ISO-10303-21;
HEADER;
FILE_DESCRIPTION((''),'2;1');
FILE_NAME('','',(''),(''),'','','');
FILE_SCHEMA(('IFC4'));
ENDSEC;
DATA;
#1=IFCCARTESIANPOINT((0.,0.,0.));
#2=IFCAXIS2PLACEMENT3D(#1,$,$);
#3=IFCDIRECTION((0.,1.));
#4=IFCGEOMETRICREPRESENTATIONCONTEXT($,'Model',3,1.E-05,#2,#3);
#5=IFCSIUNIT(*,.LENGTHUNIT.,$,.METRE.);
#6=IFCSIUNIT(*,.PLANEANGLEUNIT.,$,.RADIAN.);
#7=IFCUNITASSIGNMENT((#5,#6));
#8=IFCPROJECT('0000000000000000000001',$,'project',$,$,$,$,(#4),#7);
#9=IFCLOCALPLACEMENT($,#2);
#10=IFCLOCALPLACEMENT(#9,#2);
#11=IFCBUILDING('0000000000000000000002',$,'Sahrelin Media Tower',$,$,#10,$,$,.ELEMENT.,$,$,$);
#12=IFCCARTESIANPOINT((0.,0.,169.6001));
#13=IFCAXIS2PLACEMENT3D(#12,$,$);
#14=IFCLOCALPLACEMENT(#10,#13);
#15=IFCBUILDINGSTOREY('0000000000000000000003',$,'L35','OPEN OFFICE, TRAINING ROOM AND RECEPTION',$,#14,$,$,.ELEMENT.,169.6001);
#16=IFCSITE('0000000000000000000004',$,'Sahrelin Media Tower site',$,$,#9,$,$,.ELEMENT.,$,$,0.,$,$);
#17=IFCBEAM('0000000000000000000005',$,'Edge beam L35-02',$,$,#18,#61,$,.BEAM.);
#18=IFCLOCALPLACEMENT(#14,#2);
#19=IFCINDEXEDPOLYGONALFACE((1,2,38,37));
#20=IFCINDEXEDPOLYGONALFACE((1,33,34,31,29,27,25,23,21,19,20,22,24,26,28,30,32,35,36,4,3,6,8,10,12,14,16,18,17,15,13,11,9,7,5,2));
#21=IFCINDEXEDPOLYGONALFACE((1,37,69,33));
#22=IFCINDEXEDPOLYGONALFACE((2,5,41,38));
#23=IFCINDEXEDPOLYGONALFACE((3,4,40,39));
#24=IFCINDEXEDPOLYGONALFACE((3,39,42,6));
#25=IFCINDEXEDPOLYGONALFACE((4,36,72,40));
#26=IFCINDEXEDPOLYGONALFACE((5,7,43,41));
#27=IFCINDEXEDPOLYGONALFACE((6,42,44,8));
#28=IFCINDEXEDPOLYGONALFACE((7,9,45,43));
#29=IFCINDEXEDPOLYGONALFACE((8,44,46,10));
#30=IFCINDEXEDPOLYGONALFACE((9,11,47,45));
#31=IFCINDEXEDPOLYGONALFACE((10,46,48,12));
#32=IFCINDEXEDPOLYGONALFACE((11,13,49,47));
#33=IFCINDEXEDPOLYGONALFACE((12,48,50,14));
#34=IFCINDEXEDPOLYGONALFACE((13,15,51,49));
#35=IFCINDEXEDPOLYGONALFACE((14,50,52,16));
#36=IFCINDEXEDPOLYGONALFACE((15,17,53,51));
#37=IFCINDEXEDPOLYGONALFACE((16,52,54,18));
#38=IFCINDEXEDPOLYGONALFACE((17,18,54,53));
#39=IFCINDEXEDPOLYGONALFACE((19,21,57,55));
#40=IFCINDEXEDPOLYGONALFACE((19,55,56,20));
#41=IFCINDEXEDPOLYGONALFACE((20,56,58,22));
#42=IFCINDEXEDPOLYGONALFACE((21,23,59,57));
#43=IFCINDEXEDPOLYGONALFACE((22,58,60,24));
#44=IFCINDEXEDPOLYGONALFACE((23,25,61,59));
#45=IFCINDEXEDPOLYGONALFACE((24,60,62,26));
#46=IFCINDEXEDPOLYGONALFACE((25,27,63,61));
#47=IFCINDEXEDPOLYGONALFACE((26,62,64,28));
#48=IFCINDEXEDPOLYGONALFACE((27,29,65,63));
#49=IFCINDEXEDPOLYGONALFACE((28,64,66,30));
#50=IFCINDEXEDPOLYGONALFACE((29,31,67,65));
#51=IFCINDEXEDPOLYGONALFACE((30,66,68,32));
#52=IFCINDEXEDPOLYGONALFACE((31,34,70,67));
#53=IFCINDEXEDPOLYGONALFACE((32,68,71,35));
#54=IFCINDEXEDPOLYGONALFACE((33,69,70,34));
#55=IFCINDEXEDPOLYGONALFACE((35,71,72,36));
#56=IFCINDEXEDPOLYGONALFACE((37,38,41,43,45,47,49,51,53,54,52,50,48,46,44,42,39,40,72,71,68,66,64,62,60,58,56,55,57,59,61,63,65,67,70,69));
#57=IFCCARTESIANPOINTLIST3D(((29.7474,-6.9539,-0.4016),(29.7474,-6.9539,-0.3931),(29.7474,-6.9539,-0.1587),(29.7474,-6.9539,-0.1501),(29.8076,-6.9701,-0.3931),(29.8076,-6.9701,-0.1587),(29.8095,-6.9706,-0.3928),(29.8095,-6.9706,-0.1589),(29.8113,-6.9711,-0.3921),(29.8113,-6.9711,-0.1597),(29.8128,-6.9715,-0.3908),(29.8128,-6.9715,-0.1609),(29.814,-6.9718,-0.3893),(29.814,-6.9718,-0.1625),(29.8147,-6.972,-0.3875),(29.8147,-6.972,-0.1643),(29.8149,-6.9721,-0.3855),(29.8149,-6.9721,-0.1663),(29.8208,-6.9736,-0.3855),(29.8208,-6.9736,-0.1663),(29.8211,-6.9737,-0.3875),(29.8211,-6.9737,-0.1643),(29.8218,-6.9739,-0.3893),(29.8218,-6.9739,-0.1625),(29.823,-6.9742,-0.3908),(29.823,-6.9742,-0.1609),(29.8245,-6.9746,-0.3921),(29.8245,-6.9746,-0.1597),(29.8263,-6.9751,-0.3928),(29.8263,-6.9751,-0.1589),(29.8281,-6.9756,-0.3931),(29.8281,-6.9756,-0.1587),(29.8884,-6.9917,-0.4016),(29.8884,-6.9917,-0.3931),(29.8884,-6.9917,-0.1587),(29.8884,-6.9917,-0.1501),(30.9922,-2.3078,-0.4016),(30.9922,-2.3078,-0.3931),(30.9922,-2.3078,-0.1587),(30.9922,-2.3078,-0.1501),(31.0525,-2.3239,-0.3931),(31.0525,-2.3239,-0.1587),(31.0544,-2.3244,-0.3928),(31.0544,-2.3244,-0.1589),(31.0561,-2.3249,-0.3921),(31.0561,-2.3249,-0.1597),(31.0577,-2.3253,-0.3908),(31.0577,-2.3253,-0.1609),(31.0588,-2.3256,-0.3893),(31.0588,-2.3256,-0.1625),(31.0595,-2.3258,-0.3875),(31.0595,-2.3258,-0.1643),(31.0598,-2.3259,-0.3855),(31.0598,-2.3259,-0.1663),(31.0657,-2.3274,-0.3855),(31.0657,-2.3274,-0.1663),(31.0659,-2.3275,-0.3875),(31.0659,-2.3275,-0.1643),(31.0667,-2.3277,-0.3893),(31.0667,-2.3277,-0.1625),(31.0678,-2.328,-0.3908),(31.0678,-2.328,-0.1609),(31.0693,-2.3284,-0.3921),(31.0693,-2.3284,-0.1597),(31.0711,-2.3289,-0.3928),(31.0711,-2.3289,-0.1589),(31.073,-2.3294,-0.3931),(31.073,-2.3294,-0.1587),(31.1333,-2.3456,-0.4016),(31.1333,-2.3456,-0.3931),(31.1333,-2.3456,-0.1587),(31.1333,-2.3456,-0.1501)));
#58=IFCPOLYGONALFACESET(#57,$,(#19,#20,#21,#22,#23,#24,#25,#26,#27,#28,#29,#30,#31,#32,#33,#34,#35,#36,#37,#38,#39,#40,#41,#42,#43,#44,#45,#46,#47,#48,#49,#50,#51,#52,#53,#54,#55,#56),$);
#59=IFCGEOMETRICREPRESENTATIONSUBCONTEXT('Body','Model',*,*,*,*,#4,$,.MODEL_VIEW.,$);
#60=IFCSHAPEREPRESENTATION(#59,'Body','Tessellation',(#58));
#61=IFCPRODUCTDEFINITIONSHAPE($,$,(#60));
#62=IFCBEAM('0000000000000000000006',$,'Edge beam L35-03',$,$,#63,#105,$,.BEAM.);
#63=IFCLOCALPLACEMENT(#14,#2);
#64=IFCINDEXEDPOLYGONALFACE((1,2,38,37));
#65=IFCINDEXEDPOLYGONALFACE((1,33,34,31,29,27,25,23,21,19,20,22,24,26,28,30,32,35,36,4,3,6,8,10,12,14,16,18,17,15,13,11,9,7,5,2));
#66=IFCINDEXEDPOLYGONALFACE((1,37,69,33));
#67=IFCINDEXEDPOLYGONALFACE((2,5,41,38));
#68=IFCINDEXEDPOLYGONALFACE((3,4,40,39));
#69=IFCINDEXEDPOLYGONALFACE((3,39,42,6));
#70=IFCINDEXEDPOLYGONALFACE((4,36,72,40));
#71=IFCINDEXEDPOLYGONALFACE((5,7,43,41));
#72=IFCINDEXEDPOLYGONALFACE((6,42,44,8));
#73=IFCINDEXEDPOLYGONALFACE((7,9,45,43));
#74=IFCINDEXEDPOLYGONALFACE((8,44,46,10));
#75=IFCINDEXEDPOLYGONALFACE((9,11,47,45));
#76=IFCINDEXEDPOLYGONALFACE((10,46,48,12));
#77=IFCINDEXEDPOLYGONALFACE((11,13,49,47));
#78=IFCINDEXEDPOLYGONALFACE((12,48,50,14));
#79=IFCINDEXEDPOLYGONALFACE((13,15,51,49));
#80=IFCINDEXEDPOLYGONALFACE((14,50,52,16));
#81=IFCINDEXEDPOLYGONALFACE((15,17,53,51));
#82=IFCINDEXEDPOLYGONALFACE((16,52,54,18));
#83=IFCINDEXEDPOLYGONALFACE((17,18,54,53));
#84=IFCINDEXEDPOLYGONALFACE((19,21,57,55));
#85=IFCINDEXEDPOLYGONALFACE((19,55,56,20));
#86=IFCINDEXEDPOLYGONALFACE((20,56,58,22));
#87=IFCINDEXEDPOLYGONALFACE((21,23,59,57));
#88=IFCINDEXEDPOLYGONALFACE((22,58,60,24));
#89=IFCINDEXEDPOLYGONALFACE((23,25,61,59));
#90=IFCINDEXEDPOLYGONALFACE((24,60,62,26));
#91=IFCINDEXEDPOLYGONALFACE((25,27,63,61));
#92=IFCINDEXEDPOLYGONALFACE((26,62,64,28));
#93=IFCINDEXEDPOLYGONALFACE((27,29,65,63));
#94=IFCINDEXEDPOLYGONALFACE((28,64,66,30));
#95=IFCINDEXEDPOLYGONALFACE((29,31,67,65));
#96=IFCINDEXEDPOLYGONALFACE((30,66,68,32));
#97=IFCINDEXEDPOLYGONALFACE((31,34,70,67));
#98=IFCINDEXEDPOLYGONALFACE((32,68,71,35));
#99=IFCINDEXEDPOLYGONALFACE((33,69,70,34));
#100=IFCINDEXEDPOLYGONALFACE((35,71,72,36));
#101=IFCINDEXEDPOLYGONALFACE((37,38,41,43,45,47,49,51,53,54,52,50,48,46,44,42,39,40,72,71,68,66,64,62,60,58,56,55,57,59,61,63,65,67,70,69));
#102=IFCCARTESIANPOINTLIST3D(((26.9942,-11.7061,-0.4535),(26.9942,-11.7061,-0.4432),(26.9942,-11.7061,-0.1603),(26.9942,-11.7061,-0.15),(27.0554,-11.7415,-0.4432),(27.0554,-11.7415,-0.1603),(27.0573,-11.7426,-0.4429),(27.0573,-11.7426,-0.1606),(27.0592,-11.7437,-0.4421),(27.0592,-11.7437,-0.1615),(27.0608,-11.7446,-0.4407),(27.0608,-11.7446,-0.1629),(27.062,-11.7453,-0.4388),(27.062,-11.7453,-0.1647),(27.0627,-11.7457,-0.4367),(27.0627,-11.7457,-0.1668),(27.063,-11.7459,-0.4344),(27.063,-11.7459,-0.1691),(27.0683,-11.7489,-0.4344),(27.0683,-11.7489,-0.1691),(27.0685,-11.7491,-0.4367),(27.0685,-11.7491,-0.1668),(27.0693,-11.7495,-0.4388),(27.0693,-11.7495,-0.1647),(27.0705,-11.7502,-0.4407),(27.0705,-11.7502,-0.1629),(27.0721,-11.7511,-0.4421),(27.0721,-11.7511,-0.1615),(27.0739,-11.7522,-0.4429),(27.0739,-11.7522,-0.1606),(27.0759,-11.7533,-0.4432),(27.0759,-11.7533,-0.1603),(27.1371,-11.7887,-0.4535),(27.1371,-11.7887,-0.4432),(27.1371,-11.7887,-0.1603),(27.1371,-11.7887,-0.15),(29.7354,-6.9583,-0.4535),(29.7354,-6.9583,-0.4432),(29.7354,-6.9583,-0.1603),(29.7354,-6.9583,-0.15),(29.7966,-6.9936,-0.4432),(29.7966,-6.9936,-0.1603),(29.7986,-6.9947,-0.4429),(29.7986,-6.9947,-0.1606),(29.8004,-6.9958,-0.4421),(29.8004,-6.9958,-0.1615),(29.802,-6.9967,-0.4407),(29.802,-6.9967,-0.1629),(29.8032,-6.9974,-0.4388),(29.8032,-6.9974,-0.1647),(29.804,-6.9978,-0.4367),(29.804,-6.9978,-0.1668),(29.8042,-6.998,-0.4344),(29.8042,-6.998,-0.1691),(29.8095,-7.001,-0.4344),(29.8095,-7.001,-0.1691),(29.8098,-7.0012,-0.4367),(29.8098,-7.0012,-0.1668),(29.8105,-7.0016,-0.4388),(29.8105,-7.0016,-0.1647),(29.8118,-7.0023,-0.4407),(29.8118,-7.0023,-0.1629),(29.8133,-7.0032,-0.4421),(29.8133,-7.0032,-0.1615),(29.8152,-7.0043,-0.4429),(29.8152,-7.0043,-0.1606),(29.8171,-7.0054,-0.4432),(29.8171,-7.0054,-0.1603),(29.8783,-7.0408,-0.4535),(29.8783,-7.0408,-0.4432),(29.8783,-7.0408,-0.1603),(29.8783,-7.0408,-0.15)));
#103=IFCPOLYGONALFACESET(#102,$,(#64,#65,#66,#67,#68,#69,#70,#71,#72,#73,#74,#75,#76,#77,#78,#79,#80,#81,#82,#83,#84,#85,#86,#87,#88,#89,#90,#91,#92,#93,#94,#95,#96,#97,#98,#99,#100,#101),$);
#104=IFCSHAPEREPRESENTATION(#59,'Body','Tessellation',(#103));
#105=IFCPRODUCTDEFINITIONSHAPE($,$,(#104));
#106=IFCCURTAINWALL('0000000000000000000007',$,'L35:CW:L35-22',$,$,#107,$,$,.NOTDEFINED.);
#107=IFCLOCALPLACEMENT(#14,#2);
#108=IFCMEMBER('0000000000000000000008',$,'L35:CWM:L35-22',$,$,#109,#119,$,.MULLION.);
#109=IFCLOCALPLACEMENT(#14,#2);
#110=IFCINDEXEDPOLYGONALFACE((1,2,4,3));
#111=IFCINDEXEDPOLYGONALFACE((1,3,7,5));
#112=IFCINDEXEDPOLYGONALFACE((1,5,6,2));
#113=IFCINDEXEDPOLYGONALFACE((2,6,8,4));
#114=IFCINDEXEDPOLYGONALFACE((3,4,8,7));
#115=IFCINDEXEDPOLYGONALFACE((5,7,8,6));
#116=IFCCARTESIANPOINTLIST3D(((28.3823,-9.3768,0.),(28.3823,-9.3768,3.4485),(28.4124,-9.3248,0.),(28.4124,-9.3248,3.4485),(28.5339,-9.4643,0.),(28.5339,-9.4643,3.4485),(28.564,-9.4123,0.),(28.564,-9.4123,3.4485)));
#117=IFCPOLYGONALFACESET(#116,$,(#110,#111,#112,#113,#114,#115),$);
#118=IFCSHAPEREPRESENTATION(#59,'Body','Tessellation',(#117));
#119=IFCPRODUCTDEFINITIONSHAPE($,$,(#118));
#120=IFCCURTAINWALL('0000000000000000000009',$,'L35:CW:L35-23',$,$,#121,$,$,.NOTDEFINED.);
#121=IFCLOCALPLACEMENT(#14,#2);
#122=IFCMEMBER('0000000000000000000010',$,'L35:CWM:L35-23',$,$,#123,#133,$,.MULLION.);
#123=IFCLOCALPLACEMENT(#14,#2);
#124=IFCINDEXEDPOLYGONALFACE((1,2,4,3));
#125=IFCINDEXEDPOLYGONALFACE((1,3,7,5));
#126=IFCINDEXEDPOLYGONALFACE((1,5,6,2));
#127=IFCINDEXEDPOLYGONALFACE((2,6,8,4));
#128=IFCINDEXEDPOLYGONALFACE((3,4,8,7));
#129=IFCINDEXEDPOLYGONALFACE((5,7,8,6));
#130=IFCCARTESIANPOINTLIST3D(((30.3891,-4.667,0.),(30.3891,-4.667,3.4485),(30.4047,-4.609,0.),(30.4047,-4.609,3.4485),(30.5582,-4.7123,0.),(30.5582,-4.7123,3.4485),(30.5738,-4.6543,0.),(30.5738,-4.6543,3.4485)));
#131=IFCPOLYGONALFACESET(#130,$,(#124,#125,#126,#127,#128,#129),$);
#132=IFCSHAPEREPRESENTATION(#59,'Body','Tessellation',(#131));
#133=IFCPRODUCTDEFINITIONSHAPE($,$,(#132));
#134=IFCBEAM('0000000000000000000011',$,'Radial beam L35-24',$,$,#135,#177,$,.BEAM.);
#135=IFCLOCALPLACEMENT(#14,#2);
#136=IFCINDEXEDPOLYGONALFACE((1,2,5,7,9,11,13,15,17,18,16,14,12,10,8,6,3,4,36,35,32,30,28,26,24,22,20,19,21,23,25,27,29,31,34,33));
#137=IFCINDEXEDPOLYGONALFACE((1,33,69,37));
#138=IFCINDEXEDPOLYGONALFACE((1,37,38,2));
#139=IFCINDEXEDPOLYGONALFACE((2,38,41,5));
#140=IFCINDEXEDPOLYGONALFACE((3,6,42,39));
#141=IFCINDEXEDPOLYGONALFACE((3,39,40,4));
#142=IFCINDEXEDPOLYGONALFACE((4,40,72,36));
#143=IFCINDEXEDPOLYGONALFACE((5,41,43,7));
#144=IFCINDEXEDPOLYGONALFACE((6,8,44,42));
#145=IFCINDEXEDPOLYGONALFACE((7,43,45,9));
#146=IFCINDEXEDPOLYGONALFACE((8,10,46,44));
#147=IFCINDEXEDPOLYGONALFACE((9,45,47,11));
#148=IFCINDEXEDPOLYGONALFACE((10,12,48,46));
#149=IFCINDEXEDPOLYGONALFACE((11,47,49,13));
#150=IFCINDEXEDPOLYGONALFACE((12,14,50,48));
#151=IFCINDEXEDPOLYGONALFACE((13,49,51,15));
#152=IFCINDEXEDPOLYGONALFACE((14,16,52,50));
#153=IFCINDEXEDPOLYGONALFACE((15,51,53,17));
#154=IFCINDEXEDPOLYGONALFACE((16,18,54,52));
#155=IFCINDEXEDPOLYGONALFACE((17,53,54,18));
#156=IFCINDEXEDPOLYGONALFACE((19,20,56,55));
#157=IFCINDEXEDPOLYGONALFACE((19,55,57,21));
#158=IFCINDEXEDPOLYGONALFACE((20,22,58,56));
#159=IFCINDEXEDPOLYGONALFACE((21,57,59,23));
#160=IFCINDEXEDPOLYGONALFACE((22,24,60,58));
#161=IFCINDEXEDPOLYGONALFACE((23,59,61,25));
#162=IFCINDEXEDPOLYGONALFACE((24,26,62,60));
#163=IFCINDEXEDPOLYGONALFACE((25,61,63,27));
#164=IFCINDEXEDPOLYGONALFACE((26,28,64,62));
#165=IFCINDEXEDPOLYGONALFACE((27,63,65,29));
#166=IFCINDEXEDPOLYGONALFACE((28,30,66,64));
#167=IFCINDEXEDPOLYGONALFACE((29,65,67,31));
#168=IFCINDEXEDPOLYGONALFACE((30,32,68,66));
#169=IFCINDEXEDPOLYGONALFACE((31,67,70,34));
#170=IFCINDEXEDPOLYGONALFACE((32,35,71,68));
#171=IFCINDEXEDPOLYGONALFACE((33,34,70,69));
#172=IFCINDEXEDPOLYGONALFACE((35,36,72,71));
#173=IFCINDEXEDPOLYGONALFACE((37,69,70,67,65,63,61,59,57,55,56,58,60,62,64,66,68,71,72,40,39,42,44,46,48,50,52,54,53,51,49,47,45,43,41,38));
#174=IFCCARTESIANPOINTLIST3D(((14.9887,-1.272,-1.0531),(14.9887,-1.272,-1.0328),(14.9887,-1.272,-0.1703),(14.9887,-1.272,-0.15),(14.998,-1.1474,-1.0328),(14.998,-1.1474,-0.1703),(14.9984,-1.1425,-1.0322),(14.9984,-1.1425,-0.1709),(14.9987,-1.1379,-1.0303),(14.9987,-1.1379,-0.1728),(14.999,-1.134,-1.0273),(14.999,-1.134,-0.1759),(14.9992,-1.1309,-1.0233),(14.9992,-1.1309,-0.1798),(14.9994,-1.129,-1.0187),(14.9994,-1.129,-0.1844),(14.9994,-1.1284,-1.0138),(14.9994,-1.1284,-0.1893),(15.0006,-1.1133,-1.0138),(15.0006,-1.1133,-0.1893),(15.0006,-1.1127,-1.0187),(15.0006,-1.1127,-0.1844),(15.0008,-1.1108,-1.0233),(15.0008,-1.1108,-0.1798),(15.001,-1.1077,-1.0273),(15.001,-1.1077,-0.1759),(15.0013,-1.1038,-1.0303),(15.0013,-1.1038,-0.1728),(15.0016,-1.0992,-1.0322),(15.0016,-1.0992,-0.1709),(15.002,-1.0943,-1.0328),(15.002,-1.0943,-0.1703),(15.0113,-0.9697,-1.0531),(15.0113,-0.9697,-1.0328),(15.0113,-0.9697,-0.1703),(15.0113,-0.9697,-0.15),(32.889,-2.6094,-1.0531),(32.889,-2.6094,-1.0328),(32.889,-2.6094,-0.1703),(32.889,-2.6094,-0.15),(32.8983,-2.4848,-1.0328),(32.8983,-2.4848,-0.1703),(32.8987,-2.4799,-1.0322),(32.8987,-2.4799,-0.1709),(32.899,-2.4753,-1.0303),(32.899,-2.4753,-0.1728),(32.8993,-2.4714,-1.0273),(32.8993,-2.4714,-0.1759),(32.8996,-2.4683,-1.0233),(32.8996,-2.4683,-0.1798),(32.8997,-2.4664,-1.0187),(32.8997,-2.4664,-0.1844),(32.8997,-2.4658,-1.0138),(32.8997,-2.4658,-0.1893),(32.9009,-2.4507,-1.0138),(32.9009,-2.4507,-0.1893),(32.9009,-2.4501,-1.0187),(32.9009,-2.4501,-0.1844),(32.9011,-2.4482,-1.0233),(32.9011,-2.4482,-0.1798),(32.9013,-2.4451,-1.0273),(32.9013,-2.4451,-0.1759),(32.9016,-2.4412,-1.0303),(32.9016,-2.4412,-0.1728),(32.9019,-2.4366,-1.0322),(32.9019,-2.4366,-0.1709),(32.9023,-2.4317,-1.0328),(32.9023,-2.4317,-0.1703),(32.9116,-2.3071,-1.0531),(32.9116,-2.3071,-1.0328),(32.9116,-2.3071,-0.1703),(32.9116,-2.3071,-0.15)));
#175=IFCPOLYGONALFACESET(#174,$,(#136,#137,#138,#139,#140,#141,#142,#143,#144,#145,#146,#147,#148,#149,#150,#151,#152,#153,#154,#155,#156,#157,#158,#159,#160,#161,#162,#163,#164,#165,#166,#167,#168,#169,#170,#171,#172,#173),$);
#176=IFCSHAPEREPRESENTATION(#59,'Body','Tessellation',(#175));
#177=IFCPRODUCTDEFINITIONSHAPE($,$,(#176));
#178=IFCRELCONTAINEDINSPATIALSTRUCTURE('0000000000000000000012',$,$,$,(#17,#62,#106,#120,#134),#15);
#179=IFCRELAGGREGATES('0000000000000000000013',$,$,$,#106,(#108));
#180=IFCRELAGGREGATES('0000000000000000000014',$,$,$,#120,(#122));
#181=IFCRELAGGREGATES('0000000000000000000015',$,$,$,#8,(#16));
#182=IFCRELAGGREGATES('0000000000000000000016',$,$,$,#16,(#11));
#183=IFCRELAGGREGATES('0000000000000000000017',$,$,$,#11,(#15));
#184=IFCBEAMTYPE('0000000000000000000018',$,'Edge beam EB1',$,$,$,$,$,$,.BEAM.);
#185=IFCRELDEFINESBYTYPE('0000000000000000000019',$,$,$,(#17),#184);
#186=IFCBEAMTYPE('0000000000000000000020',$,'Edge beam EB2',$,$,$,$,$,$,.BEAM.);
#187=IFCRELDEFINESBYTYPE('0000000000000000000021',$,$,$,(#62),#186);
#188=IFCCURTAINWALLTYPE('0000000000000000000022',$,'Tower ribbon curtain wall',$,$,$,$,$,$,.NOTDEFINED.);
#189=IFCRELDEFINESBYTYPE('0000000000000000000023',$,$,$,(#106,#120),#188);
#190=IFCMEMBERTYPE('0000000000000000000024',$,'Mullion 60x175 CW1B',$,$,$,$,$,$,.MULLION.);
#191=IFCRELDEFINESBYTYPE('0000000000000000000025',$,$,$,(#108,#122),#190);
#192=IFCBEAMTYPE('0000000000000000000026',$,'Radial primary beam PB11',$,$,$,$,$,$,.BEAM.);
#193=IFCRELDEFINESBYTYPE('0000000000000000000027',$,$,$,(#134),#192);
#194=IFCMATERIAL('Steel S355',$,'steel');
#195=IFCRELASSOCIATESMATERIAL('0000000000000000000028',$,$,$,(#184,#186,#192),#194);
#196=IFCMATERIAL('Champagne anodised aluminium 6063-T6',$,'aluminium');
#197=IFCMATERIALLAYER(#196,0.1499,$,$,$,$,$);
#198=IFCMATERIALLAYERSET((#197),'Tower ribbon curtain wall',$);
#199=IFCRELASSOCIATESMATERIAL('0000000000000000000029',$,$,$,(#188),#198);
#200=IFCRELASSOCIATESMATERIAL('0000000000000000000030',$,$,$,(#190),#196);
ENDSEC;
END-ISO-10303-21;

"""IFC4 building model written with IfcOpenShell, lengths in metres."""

from ifc_helpers import new_model, si_unit, direction, frame, origin, origin_2d, place, context, subcontext, project, spatial, rectangle, i_section, extrude, material, layer, layer_set, material_profile, profile_set, type_object, element, aggregate, save


model = new_model("IFC4")

# Units and contexts
model_context = context("Model", 3, precision=1e-05, world=origin(), true_north=direction((0.0, 1.0)))
body_context = subcontext(model_context, "Body", "Model", "MODEL_VIEW")
ifc_project = project(units=[si_unit("LENGTHUNIT", "METRE"), si_unit("PLANEANGLEUNIT", "RADIAN")], contexts=[model_context])

# Site, building, storey
site_placement = place(None, origin())
site = spatial("IfcSite", under=ifc_project, at=site_placement, Name="Sahrelin Media Tower site", CompositionType="ELEMENT", RefElevation=0.0)
building_placement = place(site_placement, origin())
building = spatial("IfcBuilding", under=site, at=building_placement, Name="Sahrelin Media Tower", CompositionType="ELEMENT")
storey_placement = place(building_placement, frame((0.0, 0.0, 169.6001)))
storey = spatial("IfcBuildingStorey", under=building, at=storey_placement, Name="L35", Description="OPEN OFFICE, TRAINING ROOM AND RECEPTION", CompositionType="ELEMENT", Elevation=169.6001)

# Beams
ifc_material_1 = material(Name="Steel S355", Category="steel")
ifc_material_profile_1 = material_profile(ifc_material_1, i_section(OverallWidth=0.146, OverallDepth=0.2515, WebThickness=0.0061, FlangeThickness=0.0085, FilletRadius=0.0076, at=origin_2d()), Name="UB 254x146x31")
ifc_profile_set_1 = profile_set([ifc_material_profile_1], Name="Steel S355")
beam_type_1 = type_object("IfcBeamType", Name="Edge beam EB1", PredefinedType="BEAM", material=ifc_profile_set_1)
beam_1_placement = place(storey_placement, frame((31.0627, -2.3267, -0.2759), z_axis=(-0.258803, -0.96593, 0.0), x_axis=(0.96593, -0.258803, 0.0)))
element("IfcBeam", 1, at=beam_1_placement, inside=storey, type_object=beam_type_1, Name="Edge beam L35-02", PredefinedType="BEAM", context=body_context, shape_type="SweptSolid", body=[
    extrude(i_section(OverallWidth=0.146, OverallDepth=0.2515, WebThickness=0.0061, FlangeThickness=0.0085, FilletRadius=0.0076, at=origin_2d()), origin(), (0.0, 0.0, 1.0), 4.8101),
])
ifc_material_profile_2 = material_profile(ifc_material_1, i_section(OverallWidth=0.165, OverallDepth=0.3035, WebThickness=0.0061, FlangeThickness=0.0103, FilletRadius=0.0088, at=origin_2d()), Name="UB 305x165x40")
ifc_profile_set_2 = profile_set([ifc_material_profile_2], Name="Steel S355")
beam_type_2 = type_object("IfcBeamType", Name="Edge beam EB2", PredefinedType="BEAM", material=ifc_profile_set_2)
beam_2_placement = place(storey_placement, frame((29.8069, -6.9995, -0.3018), z_axis=(-0.500009, -0.86602, 0.0), x_axis=(0.86602, -0.500009, 0.0)))
element("IfcBeam", 2, at=beam_2_placement, inside=storey, type_object=beam_type_2, Name="Edge beam L35-03", PredefinedType="BEAM", context=body_context, shape_type="SweptSolid", body=[
    extrude(i_section(OverallWidth=0.165, OverallDepth=0.3035, WebThickness=0.0061, FlangeThickness=0.0103, FilletRadius=0.0088, at=origin_2d()), origin(), (0.0, 0.0, 1.0), 5.4824),
])

# Curtain walls, members
ifc_material_2 = material(Name="Champagne anodised aluminium 6063-T6", Category="aluminium")
ifc_layer_1 = layer(ifc_material_2, 0.1499)
ifc_layer_set_1 = layer_set([ifc_layer_1], Name="Tower ribbon curtain wall")
curtain_wall_type = type_object("IfcCurtainWallType", Name="Tower ribbon curtain wall", PredefinedType="NOTDEFINED", material=ifc_layer_set_1)
curtain_wall_1_placement = place(storey_placement, frame((28.5662, -9.4482, 0.0), z_axis=(0.0, 0.0, 1.0), x_axis=(1.0, 0.0, 0.0)))
curtain_wall_1 = element("IfcCurtainWall", 3, at=curtain_wall_1_placement, inside=storey, type_object=curtain_wall_type, Name="L35:CW:L35-22", PredefinedType="NOTDEFINED")
ifc_material_profile_3 = material_profile(ifc_material_2, rectangle(XDim=0.0601, YDim=0.175, at=origin_2d()), Name="Mullion 60x175")
ifc_profile_set_3 = profile_set([ifc_material_profile_3], Name="Champagne anodised aluminium 6063-T6")
member_type_1 = type_object("IfcMemberType", Name="Mullion 60x175 CW1B", PredefinedType="MULLION", material=ifc_profile_set_3)
member_1_placement = place(storey_placement, frame((28.4731, -9.3945, 0.0), z_axis=(0.0, 0.0, 1.0), x_axis=(0.500009, 0.86602, 0.0)))
member_1 = element("IfcMember", 4, at=member_1_placement, type_object=member_type_1, Name="L35:CWM:L35-22", PredefinedType="MULLION", context=body_context, shape_type="SweptSolid", body=[
    extrude(rectangle(XDim=0.0601, YDim=0.175, at=origin_2d()), origin(), (0.0, 0.0, 1.0), 3.4485),
])
aggregate(curtain_wall_1, [member_1])
curtain_wall_2_placement = place(storey_placement, frame((30.5852, -4.6885, 0.0), z_axis=(0.0, 0.0, 1.0), x_axis=(1.0, 0.0, 0.0)))
curtain_wall_2 = element("IfcCurtainWall", 5, at=curtain_wall_2_placement, inside=storey, type_object=curtain_wall_type, Name="L35:CW:L35-23", PredefinedType="NOTDEFINED")
member_2_placement = place(storey_placement, frame((30.4814, -4.6606, 0.0), z_axis=(0.0, 0.0, 1.0), x_axis=(0.258809, 0.965929, 0.0)))
member_2 = element("IfcMember", 6, at=member_2_placement, type_object=member_type_1, Name="L35:CWM:L35-23", PredefinedType="MULLION", context=body_context, shape_type="SweptSolid", body=[
    extrude(rectangle(XDim=0.0601, YDim=0.175, at=origin_2d()), origin(), (0.0, 0.0, 1.0), 3.4485),
])

# Beam
ifc_material_profile_4 = material_profile(ifc_material_1, i_section(OverallWidth=0.3032, OverallDepth=0.9031, WebThickness=0.0151, FlangeThickness=0.0203, FilletRadius=0.019, at=origin_2d()), Name="UB 914x305x201")
ifc_profile_set_4 = profile_set([ifc_material_profile_4], Name="Steel S355")
beam_type_3 = type_object("IfcBeamType", Name="Radial primary beam PB11", PredefinedType="BEAM", material=ifc_profile_set_4)
beam_3_placement = place(storey_placement, frame((15.0, -1.1208, -0.6016), z_axis=(0.997221, -0.074506, 0.0), x_axis=(0.074506, 0.997221, 0.0)))
element("IfcBeam", 7, at=beam_3_placement, inside=storey, type_object=beam_type_3, Name="Radial beam L35-24", PredefinedType="BEAM", context=body_context, shape_type="SweptSolid", body=[
    extrude(i_section(OverallWidth=0.3032, OverallDepth=0.9031, WebThickness=0.0151, FlangeThickness=0.0203, FilletRadius=0.019, at=origin_2d()), origin(), (0.0, 0.0, 1.0), 17.9502),
])

aggregate(curtain_wall_2, [member_2])

save(model, "model.ifc")
